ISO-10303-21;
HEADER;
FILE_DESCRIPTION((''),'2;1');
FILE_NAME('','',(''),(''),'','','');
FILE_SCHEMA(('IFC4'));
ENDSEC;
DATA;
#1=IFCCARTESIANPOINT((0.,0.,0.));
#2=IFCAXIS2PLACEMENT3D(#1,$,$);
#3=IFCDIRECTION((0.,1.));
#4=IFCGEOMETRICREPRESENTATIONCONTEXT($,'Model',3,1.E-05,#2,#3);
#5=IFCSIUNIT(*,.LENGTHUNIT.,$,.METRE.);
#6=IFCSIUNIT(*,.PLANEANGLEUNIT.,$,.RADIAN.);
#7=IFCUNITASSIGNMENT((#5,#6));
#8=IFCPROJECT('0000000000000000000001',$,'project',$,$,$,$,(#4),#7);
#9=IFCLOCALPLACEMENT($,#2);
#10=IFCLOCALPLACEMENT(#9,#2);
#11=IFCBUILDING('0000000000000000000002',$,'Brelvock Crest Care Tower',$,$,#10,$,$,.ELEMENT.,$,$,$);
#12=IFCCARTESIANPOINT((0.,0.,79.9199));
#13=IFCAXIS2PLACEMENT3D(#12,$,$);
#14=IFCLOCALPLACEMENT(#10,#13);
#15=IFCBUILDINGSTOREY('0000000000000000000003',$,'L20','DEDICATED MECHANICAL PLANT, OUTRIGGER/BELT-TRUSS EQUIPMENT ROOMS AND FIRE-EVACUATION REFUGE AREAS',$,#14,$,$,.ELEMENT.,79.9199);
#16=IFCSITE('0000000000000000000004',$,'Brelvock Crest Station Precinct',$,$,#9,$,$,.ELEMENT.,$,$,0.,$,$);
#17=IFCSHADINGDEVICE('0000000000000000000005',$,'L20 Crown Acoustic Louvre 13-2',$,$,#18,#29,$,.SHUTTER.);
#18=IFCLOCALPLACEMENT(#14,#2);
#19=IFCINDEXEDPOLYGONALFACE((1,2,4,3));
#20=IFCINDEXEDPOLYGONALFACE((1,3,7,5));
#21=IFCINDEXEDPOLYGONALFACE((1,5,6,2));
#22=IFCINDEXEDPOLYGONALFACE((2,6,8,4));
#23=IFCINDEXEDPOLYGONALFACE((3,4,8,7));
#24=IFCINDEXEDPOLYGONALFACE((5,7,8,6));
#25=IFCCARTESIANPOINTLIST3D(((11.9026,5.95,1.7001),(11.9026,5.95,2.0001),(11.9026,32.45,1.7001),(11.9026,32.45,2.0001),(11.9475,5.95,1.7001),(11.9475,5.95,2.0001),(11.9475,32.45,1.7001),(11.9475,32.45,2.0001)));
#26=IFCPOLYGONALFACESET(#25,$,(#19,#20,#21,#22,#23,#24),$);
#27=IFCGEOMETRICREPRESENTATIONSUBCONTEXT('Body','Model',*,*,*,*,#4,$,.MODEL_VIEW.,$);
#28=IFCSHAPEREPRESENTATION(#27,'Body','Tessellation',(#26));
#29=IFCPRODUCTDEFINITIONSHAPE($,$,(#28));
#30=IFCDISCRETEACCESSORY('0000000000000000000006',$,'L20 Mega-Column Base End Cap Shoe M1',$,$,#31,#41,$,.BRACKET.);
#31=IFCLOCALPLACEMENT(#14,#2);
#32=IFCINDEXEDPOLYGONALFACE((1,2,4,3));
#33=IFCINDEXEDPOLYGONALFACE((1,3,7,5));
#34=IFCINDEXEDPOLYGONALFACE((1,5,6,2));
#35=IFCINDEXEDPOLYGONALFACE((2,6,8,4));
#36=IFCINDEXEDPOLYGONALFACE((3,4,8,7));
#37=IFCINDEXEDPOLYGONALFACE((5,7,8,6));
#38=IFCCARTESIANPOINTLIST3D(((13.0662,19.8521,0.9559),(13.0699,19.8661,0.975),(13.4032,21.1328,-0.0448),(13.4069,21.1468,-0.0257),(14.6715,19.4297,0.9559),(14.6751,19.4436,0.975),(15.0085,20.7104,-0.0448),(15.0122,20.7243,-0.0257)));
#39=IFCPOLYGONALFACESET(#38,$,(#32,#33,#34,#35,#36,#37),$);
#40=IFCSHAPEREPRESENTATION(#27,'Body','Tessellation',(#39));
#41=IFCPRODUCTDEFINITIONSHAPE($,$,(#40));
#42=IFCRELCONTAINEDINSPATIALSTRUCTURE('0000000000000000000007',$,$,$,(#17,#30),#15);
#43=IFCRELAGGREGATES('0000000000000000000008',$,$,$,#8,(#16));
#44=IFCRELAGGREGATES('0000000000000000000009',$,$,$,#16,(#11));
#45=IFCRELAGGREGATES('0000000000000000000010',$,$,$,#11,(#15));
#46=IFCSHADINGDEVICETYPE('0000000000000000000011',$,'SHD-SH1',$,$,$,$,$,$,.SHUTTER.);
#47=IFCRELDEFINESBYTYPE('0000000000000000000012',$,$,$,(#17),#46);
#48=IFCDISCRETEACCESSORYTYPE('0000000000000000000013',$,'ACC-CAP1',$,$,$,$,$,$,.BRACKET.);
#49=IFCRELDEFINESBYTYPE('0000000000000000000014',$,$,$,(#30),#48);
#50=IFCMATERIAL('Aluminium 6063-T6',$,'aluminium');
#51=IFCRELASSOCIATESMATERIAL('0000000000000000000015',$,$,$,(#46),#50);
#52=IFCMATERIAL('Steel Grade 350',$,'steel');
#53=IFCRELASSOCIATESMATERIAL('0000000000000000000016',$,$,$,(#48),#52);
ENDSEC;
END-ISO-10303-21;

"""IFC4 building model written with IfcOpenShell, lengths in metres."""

from ifc_helpers import new_model, si_unit, direction, frame, origin, origin_2d, place, context, subcontext, project, spatial, rectangle, extrude, source, transform, mapped, material, material_profile, profile_set, type_object, element, save


model = new_model("IFC4")

# Units and contexts
model_context = context("Model", 3, precision=1e-05, world=origin(), true_north=direction((0.0, 1.0)))
body_context = subcontext(model_context, "Body", "Model", "MODEL_VIEW")
ifc_project = project(units=[si_unit("LENGTHUNIT", "METRE"), si_unit("PLANEANGLEUNIT", "RADIAN")], contexts=[model_context])

# Site, building, storey
site_placement = place(None, origin())
site = spatial("IfcSite", under=ifc_project, at=site_placement, Name="Brelvock Crest Station Precinct", CompositionType="ELEMENT", RefElevation=0.0)
building_placement = place(site_placement, origin())
building = spatial("IfcBuilding", under=site, at=building_placement, Name="Brelvock Crest Care Tower", CompositionType="ELEMENT")
storey_placement = place(building_placement, frame((0.0, 0.0, 79.9199)))
storey = spatial("IfcBuildingStorey", under=building, at=storey_placement, Name="L20", Description="DEDICATED MECHANICAL PLANT, OUTRIGGER/BELT-TRUSS EQUIPMENT ROOMS AND FIRE-EVACUATION REFUGE AREAS", CompositionType="ELEMENT", Elevation=79.9199)

# Shared definitions
ifc_material_1 = material(Name="Steel Grade 350", Category="steel")

# Shading device
ifc_material_2 = material(Name="Aluminium 6063-T6", Category="aluminium")
ifc_material_profile_1 = material_profile(ifc_material_2, rectangle(XDim=0.0449, YDim=0.3, at=origin_2d()), Name="LOUVRE45x300")
ifc_profile_set_1 = profile_set([ifc_material_profile_1], Name="Aluminium 6063-T6")
shading_device_type = type_object("IfcShadingDeviceType", Name="SHD-SH1", PredefinedType="SHUTTER", material=ifc_profile_set_1)
shared_shape_1 = source(origin(), body_context, "Body", "SweptSolid", [
    extrude(rectangle(XDim=0.0449, YDim=0.3, at=origin_2d()), origin(), (0.0, 0.0, 1.0), 26.5),
])
for number, where, z_axis, x_axis, name in (
    (1, (11.925, 5.95, 1.8501), (0.0, 1.0, 0.0), (-1.0, 0.0, 0.0), "L20 Crown Acoustic Louvre 13-2"),
):
    element("IfcShadingDevice", number, at=place(storey_placement, frame(where, z_axis=z_axis, x_axis=x_axis)), inside=storey, type_object=shading_device_type, Name=name, PredefinedType="SHUTTER", context=body_context, shape_type="MappedRepresentation", body=[
        mapped(shared_shape_1, transform((0.0, 0.0, 0.0), x_axis=(1.0, 0.0, 0.0), y_axis=(0.0, 1.0, 0.0), z_axis=(0.0, 0.0, 1.0), scale=1.0)),
    ])

# Discrete accessory
ifc_material_profile_2 = material_profile(ifc_material_1, rectangle(XDim=1.6599, YDim=1.6599, at=origin_2d()), Name="ACC-CAP1")
ifc_profile_set_2 = profile_set([ifc_material_profile_2], Name="Steel Grade 350")
discrete_accessory_type = type_object("IfcDiscreteAccessoryType", Name="ACC-CAP1", PredefinedType="BRACKET", material=ifc_profile_set_2)
shared_shape_2 = source(origin(), body_context, "Body", "SweptSolid", [
    extrude(rectangle(XDim=1.6599, YDim=1.6599, at=origin_2d()), origin(), (0.0, 0.0, 1.0), 0.0239),
])
discrete_accessory_placement = place(storey_placement, frame((14.0374, 20.2812, 0.4556), z_axis=(0.153429, 0.583031, 0.797831), x_axis=(-0.967075, 0.254493, 0.0)))
element("IfcDiscreteAccessory", 2, at=discrete_accessory_placement, inside=storey, type_object=discrete_accessory_type, Name="L20 Mega-Column Base End Cap Shoe M1", PredefinedType="BRACKET", context=body_context, shape_type="MappedRepresentation", body=[
    mapped(shared_shape_2, transform((0.0, 0.0, 0.0), x_axis=(1.0, 0.0, 0.0), y_axis=(0.0, 1.0, 0.0), z_axis=(0.0, 0.0, 1.0), scale=1.0)),
])

save(model, "model.ifc")
